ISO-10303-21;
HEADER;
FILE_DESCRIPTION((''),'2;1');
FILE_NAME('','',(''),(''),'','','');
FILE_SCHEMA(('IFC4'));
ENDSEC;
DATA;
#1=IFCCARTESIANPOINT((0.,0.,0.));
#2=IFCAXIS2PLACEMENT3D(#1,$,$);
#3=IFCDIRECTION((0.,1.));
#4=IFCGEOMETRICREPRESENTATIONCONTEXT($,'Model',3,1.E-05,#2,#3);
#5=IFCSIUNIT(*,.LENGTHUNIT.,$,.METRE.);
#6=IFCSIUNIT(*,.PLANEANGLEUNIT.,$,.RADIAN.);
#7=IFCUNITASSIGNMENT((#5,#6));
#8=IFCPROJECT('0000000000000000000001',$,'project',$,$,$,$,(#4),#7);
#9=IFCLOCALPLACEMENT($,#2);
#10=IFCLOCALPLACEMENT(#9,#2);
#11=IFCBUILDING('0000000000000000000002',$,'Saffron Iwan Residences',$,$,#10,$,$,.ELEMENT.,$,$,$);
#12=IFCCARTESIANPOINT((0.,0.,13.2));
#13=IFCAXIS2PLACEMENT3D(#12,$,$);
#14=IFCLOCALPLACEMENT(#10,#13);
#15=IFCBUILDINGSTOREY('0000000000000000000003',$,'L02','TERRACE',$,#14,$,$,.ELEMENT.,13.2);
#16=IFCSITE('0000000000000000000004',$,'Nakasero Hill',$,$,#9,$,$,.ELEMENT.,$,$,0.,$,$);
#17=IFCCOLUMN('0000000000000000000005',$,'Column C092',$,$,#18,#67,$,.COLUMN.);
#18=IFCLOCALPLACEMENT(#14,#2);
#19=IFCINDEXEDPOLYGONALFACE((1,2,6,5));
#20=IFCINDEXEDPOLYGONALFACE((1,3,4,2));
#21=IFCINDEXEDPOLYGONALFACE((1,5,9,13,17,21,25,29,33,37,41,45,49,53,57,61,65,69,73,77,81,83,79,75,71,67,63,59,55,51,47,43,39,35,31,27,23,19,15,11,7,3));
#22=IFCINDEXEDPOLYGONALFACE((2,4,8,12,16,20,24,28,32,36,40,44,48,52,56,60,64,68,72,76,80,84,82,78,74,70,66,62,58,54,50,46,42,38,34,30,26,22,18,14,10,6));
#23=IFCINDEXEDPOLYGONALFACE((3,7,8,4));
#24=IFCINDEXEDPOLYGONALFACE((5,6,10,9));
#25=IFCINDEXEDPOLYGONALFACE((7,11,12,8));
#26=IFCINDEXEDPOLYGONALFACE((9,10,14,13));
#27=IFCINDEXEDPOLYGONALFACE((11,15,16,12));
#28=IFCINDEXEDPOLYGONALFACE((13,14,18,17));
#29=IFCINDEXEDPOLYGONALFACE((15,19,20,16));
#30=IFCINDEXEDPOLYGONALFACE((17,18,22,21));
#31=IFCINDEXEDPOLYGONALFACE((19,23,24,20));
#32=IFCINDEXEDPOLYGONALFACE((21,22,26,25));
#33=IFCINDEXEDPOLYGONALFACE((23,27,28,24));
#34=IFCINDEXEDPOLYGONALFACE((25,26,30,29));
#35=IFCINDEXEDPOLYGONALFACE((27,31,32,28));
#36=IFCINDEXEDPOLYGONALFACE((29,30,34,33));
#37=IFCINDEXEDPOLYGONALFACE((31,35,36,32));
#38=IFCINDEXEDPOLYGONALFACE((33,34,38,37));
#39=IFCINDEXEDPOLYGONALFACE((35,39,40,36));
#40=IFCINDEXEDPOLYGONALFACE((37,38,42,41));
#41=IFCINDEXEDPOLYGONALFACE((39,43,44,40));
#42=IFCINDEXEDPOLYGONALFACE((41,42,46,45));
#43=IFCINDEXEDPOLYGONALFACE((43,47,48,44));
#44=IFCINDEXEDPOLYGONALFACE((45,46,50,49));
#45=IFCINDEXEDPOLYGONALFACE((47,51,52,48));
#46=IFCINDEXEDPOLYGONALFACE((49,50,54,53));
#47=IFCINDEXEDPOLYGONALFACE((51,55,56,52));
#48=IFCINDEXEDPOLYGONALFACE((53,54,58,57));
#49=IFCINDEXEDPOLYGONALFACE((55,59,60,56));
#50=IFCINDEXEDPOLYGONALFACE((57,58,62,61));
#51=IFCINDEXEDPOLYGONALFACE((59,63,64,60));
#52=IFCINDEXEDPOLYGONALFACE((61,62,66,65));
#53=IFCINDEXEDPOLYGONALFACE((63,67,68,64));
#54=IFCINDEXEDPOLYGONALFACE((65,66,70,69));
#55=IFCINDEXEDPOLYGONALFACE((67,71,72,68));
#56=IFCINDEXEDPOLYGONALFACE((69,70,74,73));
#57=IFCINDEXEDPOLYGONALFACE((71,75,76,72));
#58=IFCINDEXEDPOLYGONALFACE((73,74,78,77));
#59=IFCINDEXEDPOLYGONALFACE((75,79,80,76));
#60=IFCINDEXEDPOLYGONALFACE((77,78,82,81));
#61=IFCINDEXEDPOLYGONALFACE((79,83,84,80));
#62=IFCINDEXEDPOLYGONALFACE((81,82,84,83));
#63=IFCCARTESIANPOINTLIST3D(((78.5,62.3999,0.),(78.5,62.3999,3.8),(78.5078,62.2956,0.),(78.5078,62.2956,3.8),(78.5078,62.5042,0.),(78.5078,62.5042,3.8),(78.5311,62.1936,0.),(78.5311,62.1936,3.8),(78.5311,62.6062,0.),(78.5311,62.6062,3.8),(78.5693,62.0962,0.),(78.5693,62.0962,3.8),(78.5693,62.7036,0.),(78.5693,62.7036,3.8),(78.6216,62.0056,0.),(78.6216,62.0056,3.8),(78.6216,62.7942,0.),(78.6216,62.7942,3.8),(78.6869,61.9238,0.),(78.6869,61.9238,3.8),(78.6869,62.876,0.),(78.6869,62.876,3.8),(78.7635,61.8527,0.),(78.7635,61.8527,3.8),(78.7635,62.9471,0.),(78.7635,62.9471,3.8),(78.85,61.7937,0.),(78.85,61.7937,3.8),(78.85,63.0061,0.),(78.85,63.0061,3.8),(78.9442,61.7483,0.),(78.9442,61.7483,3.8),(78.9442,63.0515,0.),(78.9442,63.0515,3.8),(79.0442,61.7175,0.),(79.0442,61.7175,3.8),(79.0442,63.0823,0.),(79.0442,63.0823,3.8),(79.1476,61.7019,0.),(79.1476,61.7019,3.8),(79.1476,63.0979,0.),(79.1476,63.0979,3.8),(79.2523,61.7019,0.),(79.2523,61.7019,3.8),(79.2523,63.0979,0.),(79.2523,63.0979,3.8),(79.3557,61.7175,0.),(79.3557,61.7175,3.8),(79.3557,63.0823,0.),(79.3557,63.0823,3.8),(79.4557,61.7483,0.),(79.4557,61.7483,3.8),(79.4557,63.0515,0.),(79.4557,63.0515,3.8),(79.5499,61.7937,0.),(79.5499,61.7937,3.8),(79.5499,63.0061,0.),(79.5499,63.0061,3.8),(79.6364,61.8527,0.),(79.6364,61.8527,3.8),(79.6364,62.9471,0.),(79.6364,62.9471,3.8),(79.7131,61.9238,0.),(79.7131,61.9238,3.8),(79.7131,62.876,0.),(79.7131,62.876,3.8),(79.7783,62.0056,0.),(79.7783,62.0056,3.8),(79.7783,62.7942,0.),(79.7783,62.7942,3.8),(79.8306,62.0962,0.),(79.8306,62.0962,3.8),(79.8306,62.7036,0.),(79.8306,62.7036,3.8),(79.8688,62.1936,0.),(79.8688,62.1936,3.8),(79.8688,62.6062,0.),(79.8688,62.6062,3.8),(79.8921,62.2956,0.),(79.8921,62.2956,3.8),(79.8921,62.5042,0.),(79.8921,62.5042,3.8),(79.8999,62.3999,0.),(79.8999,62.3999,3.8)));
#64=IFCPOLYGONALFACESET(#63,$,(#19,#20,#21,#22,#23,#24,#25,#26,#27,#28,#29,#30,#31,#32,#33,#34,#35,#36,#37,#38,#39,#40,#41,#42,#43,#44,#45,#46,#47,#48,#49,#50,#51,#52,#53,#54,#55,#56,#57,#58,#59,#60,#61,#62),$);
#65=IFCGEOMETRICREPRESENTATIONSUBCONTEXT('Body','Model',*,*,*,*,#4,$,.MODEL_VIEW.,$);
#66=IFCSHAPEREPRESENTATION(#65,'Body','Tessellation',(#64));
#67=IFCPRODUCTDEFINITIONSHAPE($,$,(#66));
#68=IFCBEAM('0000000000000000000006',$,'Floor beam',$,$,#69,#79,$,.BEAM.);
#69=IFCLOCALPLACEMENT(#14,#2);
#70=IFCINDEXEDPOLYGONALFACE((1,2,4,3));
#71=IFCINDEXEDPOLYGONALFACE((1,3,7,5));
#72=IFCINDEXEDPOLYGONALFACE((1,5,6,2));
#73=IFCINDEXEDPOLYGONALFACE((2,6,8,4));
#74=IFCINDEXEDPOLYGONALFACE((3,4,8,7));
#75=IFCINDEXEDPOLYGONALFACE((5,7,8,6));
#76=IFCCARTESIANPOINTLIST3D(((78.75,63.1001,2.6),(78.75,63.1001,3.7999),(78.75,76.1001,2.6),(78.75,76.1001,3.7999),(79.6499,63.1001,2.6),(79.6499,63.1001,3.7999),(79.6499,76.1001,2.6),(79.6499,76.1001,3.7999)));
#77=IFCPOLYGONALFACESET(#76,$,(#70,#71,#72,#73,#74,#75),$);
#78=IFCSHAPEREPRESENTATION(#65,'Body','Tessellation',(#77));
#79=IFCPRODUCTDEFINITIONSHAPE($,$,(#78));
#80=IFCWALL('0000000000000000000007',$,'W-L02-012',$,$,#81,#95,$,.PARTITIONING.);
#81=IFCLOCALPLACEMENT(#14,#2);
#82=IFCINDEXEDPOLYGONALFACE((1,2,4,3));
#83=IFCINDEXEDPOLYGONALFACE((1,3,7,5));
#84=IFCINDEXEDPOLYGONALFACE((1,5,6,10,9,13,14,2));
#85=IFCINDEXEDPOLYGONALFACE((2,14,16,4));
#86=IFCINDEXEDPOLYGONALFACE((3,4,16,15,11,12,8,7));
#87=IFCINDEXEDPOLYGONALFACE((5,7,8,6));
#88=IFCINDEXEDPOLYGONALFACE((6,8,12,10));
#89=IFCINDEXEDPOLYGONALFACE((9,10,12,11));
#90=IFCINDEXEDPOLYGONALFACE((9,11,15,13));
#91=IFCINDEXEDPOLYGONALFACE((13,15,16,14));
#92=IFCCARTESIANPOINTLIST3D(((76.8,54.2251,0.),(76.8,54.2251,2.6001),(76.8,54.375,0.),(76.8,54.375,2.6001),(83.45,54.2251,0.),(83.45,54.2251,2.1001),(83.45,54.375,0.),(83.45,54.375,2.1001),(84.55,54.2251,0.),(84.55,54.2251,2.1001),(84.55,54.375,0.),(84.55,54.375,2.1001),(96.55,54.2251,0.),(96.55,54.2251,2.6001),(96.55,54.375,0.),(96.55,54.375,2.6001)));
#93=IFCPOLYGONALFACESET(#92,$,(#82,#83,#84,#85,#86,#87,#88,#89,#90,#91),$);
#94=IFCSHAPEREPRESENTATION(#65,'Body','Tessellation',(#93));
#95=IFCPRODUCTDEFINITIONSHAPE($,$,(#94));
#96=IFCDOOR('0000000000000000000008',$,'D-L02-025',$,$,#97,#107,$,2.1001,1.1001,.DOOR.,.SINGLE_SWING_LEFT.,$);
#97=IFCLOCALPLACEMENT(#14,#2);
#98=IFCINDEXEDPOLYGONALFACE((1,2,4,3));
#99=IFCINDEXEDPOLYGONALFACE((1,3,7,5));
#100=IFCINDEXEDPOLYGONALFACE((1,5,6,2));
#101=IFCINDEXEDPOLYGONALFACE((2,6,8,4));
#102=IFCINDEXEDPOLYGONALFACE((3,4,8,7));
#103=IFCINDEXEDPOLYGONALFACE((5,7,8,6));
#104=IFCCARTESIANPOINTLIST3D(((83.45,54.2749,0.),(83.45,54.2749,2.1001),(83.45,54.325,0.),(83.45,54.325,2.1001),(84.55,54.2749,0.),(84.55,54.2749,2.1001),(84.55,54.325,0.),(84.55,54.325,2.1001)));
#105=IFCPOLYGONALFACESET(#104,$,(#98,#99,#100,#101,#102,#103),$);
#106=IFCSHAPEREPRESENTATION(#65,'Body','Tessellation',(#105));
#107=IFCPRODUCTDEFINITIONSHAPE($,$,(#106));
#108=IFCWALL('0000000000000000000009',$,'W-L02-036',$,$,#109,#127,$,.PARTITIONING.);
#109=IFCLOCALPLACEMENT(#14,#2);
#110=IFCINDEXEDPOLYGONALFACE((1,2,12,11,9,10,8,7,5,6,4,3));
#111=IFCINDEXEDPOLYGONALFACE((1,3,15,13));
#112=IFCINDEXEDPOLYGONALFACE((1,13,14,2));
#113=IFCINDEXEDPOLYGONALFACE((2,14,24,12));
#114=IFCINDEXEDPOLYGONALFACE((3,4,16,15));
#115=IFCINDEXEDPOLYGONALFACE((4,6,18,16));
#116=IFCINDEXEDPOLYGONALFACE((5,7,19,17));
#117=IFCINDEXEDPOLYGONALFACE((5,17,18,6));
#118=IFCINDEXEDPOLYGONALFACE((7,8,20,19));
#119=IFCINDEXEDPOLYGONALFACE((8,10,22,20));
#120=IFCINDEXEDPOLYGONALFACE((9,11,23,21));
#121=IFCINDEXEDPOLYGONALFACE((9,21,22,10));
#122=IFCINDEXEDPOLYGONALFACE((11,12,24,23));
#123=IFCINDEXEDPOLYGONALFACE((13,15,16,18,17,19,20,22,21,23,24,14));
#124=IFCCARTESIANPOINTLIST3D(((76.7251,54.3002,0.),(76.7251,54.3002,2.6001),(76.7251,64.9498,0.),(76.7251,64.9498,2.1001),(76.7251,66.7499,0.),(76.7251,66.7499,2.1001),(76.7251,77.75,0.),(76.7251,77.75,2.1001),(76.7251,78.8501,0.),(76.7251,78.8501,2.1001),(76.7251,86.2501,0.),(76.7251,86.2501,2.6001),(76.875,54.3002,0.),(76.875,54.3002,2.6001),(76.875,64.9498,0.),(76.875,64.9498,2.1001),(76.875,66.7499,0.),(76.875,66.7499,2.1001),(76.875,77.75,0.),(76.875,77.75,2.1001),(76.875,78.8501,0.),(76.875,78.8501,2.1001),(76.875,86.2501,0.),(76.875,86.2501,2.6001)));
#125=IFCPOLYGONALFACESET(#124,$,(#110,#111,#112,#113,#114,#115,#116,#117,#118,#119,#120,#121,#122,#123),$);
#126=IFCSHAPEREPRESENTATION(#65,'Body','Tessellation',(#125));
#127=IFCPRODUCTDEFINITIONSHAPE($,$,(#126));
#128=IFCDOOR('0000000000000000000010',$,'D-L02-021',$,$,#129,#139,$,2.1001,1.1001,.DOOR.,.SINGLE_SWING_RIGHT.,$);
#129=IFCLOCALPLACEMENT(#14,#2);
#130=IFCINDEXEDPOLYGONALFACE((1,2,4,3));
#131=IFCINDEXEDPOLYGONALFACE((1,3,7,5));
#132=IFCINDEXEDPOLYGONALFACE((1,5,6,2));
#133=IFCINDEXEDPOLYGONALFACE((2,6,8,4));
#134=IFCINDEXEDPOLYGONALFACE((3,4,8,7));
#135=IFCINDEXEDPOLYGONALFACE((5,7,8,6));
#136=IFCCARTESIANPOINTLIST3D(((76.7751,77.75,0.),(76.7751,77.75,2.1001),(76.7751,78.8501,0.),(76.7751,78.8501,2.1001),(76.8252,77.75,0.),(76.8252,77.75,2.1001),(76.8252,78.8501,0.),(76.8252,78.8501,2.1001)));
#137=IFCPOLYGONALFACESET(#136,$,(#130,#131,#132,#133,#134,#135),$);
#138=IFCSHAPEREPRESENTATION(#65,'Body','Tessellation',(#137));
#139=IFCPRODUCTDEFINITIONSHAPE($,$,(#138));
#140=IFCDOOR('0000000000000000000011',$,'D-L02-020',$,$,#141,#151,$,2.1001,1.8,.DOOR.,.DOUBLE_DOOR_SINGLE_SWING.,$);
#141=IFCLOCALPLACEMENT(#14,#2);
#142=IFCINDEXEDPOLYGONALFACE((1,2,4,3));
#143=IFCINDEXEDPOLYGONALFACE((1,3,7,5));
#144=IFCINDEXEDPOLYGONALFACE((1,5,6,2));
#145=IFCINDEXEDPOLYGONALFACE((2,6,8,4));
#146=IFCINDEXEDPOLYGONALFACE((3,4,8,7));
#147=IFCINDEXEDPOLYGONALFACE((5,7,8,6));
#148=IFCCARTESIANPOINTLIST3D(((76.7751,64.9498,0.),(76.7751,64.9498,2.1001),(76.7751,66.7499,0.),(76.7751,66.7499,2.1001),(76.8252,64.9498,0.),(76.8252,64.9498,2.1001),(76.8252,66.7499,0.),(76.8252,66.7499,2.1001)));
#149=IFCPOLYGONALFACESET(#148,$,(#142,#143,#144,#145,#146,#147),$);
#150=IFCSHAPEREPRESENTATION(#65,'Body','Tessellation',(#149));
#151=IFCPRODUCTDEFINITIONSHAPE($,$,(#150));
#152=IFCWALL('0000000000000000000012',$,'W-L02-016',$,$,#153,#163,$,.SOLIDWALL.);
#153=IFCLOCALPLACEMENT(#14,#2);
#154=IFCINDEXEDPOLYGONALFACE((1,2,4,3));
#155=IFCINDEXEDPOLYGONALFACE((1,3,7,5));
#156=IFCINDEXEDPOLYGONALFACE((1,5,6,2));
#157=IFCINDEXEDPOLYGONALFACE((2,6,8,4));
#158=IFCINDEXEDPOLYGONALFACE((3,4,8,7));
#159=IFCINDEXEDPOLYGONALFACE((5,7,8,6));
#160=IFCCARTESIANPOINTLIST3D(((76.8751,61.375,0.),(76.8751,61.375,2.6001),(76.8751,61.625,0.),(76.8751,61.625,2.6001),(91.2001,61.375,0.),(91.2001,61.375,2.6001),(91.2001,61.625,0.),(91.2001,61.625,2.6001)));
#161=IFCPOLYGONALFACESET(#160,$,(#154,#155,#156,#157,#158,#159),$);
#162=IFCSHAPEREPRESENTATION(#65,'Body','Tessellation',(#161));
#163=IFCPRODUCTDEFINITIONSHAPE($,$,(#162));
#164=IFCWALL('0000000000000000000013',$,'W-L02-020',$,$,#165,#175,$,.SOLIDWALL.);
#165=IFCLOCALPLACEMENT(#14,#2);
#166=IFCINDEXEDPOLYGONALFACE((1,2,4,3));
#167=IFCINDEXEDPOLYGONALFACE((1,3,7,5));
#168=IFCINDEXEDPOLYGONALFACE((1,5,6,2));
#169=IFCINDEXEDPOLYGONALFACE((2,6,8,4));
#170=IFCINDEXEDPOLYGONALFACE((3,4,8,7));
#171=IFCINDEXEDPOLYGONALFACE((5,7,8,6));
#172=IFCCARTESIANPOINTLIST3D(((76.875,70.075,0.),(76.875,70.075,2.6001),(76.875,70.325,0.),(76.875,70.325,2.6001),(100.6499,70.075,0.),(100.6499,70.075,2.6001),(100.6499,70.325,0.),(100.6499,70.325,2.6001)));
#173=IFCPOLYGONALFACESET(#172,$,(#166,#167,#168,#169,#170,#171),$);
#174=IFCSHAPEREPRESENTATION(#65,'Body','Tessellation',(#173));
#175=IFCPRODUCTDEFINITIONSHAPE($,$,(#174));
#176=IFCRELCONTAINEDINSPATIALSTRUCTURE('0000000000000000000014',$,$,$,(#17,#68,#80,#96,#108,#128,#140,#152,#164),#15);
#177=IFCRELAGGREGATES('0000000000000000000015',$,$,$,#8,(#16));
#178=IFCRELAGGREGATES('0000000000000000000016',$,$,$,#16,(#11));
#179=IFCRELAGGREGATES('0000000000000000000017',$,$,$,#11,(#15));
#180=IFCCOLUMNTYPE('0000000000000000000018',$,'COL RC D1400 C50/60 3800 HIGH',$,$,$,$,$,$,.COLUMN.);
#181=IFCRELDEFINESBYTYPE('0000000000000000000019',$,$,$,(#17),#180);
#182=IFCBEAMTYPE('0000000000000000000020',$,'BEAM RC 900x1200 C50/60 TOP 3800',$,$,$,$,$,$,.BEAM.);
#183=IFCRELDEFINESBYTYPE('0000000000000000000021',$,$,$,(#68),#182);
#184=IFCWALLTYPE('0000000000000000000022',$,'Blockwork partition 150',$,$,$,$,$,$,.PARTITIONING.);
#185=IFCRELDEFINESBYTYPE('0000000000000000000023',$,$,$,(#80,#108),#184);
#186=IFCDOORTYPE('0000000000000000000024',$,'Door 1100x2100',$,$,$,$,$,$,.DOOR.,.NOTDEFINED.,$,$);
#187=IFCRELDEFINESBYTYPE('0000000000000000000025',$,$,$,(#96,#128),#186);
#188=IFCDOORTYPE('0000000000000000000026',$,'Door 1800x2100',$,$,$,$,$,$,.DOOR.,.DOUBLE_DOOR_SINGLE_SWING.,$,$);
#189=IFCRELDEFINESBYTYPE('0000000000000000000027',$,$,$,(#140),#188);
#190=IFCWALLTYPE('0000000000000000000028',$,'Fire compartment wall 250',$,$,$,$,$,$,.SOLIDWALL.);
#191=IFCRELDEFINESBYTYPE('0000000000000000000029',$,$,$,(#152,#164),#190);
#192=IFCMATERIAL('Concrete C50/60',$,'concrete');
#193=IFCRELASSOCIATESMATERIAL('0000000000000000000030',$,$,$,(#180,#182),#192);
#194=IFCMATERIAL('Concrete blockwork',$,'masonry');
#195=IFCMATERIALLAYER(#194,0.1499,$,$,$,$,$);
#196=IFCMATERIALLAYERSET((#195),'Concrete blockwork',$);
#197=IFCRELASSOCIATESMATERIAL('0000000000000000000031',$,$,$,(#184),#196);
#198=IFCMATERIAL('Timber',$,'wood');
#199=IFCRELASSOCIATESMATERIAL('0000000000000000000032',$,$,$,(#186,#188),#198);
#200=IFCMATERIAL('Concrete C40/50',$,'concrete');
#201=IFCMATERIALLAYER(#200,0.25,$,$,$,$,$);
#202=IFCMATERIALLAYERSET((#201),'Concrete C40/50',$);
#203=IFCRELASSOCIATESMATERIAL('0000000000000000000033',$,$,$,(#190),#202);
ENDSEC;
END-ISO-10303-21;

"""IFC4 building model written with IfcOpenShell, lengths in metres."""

from ifc_helpers import new_model, si_unit, direction, frame, frame_2d, origin, origin_2d, place, context, subcontext, project, spatial, rectangle, circle, extrude, source, transform, mapped, material, layer, layer_set, material_profile, profile_set, type_object, element, fill, save


model = new_model("IFC4")

# Units and contexts
model_context = context("Model", 3, precision=1e-05, world=origin(), true_north=direction((0.0, 1.0)))
body_context = subcontext(model_context, "Body", "Model", "MODEL_VIEW")
ifc_project = project(units=[si_unit("LENGTHUNIT", "METRE"), si_unit("PLANEANGLEUNIT", "RADIAN")], contexts=[model_context])

# Site, building, storey
site_placement = place(None, origin())
site = spatial("IfcSite", under=ifc_project, at=site_placement, Name="Nakasero Hill", CompositionType="ELEMENT", RefElevation=0.0)
building_placement = place(site_placement, origin())
building = spatial("IfcBuilding", under=site, at=building_placement, Name="Saffron Iwan Residences", CompositionType="ELEMENT")
storey_placement = place(building_placement, frame((0.0, 0.0, 13.2)))
storey = spatial("IfcBuildingStorey", under=building, at=storey_placement, Name="L02", Description="TERRACE", CompositionType="ELEMENT", Elevation=13.2)

# Column
ifc_material_1 = material(Name="Concrete C50/60", Category="concrete")
ifc_material_profile_1 = material_profile(ifc_material_1, circle(Radius=0.7, at=origin_2d()), Name="RC D1400")
ifc_profile_set_1 = profile_set([ifc_material_profile_1], Name="Concrete C50/60")
column_type = type_object("IfcColumnType", Name="COL RC D1400 C50/60 3800 HIGH", PredefinedType="COLUMN", material=ifc_profile_set_1)
shared_shape_1 = source(origin(), body_context, "Body", "SweptSolid", [
    extrude(circle(Radius=0.7, at=origin_2d()), origin(), (0.0, 0.0, 1.0), 3.8),
])
column_placement = place(storey_placement, frame((79.2, 62.3999, 0.0), z_axis=(0.0, 0.0, 1.0), x_axis=(1.0, 0.0, 0.0)))
element("IfcColumn", 1, at=column_placement, inside=storey, type_object=column_type, Name="Column C092", PredefinedType="COLUMN", context=body_context, shape_type="MappedRepresentation", body=[
    mapped(shared_shape_1, transform((0.0, 0.0, 0.0))),
])

# Beam
ifc_material_profile_2 = material_profile(ifc_material_1, rectangle(XDim=0.8999, YDim=1.2, at=origin_2d()), Name="RC 900x1200")
ifc_profile_set_2 = profile_set([ifc_material_profile_2], Name="Concrete C50/60")
beam_type = type_object("IfcBeamType", Name="BEAM RC 900x1200 C50/60 TOP 3800", PredefinedType="BEAM", material=ifc_profile_set_2)
shared_shape_2 = source(origin(), body_context, "Body", "SweptSolid", [
    extrude(rectangle(XDim=0.8999, YDim=1.2, at=origin_2d()), origin(), (0.0, 0.0, 1.0), 13.0),
])
beam_placement = place(storey_placement, frame((79.2, 63.1001, 3.2), z_axis=(0.0, 1.0, 0.0), x_axis=(-1.0, 0.0, 0.0)))
element("IfcBeam", 2, at=beam_placement, inside=storey, type_object=beam_type, Name="Floor beam", PredefinedType="BEAM", context=body_context, shape_type="MappedRepresentation", body=[
    mapped(shared_shape_2, transform((0.0, 0.0, 0.0))),
])

# Wall, opening, door
ifc_material_2 = material(Name="Concrete blockwork", Category="masonry")
ifc_layer_1 = layer(ifc_material_2, 0.1499)
ifc_layer_set_1 = layer_set([ifc_layer_1], Name="Concrete blockwork")
wall_type_1 = type_object("IfcWallType", Name="Blockwork partition 150", PredefinedType="PARTITIONING", material=ifc_layer_set_1)
wall_1_placement = place(storey_placement, frame((76.8, 54.3, 0.0), z_axis=(0.0, 0.0, 1.0), x_axis=(1.0, 0.0, 0.0)))
wall_1 = element("IfcWall", 3, at=wall_1_placement, inside=storey, type_object=wall_type_1, Name="W-L02-012", PredefinedType="PARTITIONING", context=body_context, shape_type="SweptSolid", body=[
    extrude(rectangle(XDim=19.75, YDim=0.1499, at=frame_2d((9.875, 0.0))), origin(), (0.0, 0.0, 1.0), 2.6001),
])
opening_1_placement = place(wall_1_placement, frame((6.6499, 0.0, 0.0)))
opening_1 = element("IfcOpeningElement", 4, at=opening_1_placement, cuts=wall_1, PredefinedType="OPENING", context=body_context, shape_type="SweptSolid", body=[
    extrude(rectangle(XDim=1.1001, YDim=2.1001, at=frame_2d((0.55, 1.05))), frame((0.0, 0.085, 0.0), z_axis=(0.0, -1.0, 0.0), x_axis=(1.0, 0.0, 0.0)), (0.0, 0.0, 1.0), 0.1699),
])
ifc_material_3 = material(Name="Timber", Category="wood")
door_type_1 = type_object("IfcDoorType", Name="Door 1100x2100", OperationType="NOTDEFINED", PredefinedType="DOOR", material=ifc_material_3)
door_1_placement = place(opening_1_placement, origin())
door_1 = element("IfcDoor", 5, at=door_1_placement, inside=storey, type_object=door_type_1, Name="D-L02-025", OperationType="SINGLE_SWING_LEFT", OverallHeight=2.1001, OverallWidth=1.1001, PredefinedType="DOOR", context=body_context, shape_type="SweptSolid", body=[
    extrude(rectangle(XDim=1.1001, YDim=2.1001, at=frame_2d((0.55, 1.05))), frame((0.0, 0.0249, 0.0), z_axis=(0.0, -1.0, 0.0), x_axis=(1.0, 0.0, 0.0)), (0.0, 0.0, 1.0), 0.05),
])
fill(opening_1, door_1)

# Wall, openings, doors
wall_2_placement = place(storey_placement, frame((76.8, 54.3, 0.0), z_axis=(0.0, 0.0, 1.0), x_axis=(0.0, 1.0, 0.0)))
wall_2 = element("IfcWall", 6, at=wall_2_placement, inside=storey, type_object=wall_type_1, Name="W-L02-036", PredefinedType="PARTITIONING", context=body_context, shape_type="SweptSolid", body=[
    extrude(rectangle(XDim=31.95, YDim=0.1499, at=frame_2d((15.9751, 0.0))), origin(), (0.0, 0.0, 1.0), 2.6001),
])
opening_2_placement = place(wall_2_placement, frame((10.6499, 0.0, 0.0)))
opening_2 = element("IfcOpeningElement", 7, at=opening_2_placement, cuts=wall_2, PredefinedType="OPENING", context=body_context, shape_type="SweptSolid", body=[
    extrude(rectangle(XDim=1.8, YDim=2.1001, at=frame_2d((0.8999, 1.05))), frame((0.0, 0.085, 0.0), z_axis=(0.0, -1.0, 0.0), x_axis=(1.0, 0.0, 0.0)), (0.0, 0.0, 1.0), 0.1699),
])
opening_3_placement = place(wall_2_placement, frame((23.45, 0.0, 0.0)))
opening_3 = element("IfcOpeningElement", 8, at=opening_3_placement, cuts=wall_2, PredefinedType="OPENING", context=body_context, shape_type="SweptSolid", body=[
    extrude(rectangle(XDim=1.1001, YDim=2.1001, at=frame_2d((0.55, 1.05))), frame((0.0, 0.085, 0.0), z_axis=(0.0, -1.0, 0.0), x_axis=(1.0, 0.0, 0.0)), (0.0, 0.0, 1.0), 0.1699),
])
door_2_placement = place(opening_3_placement, origin())
door_2 = element("IfcDoor", 9, at=door_2_placement, inside=storey, type_object=door_type_1, Name="D-L02-021", OperationType="SINGLE_SWING_RIGHT", OverallHeight=2.1001, OverallWidth=1.1001, PredefinedType="DOOR", context=body_context, shape_type="SweptSolid", body=[
    extrude(rectangle(XDim=1.1001, YDim=2.1001, at=frame_2d((0.55, 1.05))), frame((0.0, 0.0249, 0.0), z_axis=(0.0, -1.0, 0.0), x_axis=(1.0, 0.0, 0.0)), (0.0, 0.0, 1.0), 0.05),
])
fill(opening_3, door_2)
door_type_2 = type_object("IfcDoorType", Name="Door 1800x2100", OperationType="DOUBLE_DOOR_SINGLE_SWING", PredefinedType="DOOR", material=ifc_material_3)
door_3_placement = place(opening_2_placement, origin())
door_3 = element("IfcDoor", 10, at=door_3_placement, inside=storey, type_object=door_type_2, Name="D-L02-020", OperationType="DOUBLE_DOOR_SINGLE_SWING", OverallHeight=2.1001, OverallWidth=1.8, PredefinedType="DOOR", context=body_context, shape_type="SweptSolid", body=[
    extrude(rectangle(XDim=1.8, YDim=2.1001, at=frame_2d((0.8999, 1.05))), frame((0.0, 0.0249, 0.0), z_axis=(0.0, -1.0, 0.0), x_axis=(1.0, 0.0, 0.0)), (0.0, 0.0, 1.0), 0.05),
])
fill(opening_2, door_3)

# Walls
ifc_material_4 = material(Name="Concrete C40/50", Category="concrete")
ifc_layer_2 = layer(ifc_material_4, 0.25)
ifc_layer_set_2 = layer_set([ifc_layer_2], Name="Concrete C40/50")
wall_type_2 = type_object("IfcWallType", Name="Fire compartment wall 250", PredefinedType="SOLIDWALL", material=ifc_layer_set_2)
wall_3_placement = place(storey_placement, frame((76.875, 61.5, 0.0), z_axis=(0.0, 0.0, 1.0), x_axis=(1.0, 0.0, 0.0)))
element("IfcWall", 11, at=wall_3_placement, inside=storey, type_object=wall_type_2, Name="W-L02-016", PredefinedType="SOLIDWALL", context=body_context, shape_type="SweptSolid", body=[
    extrude(rectangle(XDim=14.325, YDim=0.25, at=frame_2d((7.1626, 0.0))), origin(), (0.0, 0.0, 1.0), 2.6001),
])
wall_4_placement = place(storey_placement, frame((76.875, 70.2, 0.0), z_axis=(0.0, 0.0, 1.0), x_axis=(1.0, 0.0, 0.0)))
element("IfcWall", 12, at=wall_4_placement, inside=storey, type_object=wall_type_2, Name="W-L02-020", PredefinedType="SOLIDWALL", context=body_context, shape_type="SweptSolid", body=[
    extrude(rectangle(XDim=23.7749, YDim=0.25, at=frame_2d((11.8875, 0.0))), origin(), (0.0, 0.0, 1.0), 2.6001),
])

save(model, "model.ifc")
